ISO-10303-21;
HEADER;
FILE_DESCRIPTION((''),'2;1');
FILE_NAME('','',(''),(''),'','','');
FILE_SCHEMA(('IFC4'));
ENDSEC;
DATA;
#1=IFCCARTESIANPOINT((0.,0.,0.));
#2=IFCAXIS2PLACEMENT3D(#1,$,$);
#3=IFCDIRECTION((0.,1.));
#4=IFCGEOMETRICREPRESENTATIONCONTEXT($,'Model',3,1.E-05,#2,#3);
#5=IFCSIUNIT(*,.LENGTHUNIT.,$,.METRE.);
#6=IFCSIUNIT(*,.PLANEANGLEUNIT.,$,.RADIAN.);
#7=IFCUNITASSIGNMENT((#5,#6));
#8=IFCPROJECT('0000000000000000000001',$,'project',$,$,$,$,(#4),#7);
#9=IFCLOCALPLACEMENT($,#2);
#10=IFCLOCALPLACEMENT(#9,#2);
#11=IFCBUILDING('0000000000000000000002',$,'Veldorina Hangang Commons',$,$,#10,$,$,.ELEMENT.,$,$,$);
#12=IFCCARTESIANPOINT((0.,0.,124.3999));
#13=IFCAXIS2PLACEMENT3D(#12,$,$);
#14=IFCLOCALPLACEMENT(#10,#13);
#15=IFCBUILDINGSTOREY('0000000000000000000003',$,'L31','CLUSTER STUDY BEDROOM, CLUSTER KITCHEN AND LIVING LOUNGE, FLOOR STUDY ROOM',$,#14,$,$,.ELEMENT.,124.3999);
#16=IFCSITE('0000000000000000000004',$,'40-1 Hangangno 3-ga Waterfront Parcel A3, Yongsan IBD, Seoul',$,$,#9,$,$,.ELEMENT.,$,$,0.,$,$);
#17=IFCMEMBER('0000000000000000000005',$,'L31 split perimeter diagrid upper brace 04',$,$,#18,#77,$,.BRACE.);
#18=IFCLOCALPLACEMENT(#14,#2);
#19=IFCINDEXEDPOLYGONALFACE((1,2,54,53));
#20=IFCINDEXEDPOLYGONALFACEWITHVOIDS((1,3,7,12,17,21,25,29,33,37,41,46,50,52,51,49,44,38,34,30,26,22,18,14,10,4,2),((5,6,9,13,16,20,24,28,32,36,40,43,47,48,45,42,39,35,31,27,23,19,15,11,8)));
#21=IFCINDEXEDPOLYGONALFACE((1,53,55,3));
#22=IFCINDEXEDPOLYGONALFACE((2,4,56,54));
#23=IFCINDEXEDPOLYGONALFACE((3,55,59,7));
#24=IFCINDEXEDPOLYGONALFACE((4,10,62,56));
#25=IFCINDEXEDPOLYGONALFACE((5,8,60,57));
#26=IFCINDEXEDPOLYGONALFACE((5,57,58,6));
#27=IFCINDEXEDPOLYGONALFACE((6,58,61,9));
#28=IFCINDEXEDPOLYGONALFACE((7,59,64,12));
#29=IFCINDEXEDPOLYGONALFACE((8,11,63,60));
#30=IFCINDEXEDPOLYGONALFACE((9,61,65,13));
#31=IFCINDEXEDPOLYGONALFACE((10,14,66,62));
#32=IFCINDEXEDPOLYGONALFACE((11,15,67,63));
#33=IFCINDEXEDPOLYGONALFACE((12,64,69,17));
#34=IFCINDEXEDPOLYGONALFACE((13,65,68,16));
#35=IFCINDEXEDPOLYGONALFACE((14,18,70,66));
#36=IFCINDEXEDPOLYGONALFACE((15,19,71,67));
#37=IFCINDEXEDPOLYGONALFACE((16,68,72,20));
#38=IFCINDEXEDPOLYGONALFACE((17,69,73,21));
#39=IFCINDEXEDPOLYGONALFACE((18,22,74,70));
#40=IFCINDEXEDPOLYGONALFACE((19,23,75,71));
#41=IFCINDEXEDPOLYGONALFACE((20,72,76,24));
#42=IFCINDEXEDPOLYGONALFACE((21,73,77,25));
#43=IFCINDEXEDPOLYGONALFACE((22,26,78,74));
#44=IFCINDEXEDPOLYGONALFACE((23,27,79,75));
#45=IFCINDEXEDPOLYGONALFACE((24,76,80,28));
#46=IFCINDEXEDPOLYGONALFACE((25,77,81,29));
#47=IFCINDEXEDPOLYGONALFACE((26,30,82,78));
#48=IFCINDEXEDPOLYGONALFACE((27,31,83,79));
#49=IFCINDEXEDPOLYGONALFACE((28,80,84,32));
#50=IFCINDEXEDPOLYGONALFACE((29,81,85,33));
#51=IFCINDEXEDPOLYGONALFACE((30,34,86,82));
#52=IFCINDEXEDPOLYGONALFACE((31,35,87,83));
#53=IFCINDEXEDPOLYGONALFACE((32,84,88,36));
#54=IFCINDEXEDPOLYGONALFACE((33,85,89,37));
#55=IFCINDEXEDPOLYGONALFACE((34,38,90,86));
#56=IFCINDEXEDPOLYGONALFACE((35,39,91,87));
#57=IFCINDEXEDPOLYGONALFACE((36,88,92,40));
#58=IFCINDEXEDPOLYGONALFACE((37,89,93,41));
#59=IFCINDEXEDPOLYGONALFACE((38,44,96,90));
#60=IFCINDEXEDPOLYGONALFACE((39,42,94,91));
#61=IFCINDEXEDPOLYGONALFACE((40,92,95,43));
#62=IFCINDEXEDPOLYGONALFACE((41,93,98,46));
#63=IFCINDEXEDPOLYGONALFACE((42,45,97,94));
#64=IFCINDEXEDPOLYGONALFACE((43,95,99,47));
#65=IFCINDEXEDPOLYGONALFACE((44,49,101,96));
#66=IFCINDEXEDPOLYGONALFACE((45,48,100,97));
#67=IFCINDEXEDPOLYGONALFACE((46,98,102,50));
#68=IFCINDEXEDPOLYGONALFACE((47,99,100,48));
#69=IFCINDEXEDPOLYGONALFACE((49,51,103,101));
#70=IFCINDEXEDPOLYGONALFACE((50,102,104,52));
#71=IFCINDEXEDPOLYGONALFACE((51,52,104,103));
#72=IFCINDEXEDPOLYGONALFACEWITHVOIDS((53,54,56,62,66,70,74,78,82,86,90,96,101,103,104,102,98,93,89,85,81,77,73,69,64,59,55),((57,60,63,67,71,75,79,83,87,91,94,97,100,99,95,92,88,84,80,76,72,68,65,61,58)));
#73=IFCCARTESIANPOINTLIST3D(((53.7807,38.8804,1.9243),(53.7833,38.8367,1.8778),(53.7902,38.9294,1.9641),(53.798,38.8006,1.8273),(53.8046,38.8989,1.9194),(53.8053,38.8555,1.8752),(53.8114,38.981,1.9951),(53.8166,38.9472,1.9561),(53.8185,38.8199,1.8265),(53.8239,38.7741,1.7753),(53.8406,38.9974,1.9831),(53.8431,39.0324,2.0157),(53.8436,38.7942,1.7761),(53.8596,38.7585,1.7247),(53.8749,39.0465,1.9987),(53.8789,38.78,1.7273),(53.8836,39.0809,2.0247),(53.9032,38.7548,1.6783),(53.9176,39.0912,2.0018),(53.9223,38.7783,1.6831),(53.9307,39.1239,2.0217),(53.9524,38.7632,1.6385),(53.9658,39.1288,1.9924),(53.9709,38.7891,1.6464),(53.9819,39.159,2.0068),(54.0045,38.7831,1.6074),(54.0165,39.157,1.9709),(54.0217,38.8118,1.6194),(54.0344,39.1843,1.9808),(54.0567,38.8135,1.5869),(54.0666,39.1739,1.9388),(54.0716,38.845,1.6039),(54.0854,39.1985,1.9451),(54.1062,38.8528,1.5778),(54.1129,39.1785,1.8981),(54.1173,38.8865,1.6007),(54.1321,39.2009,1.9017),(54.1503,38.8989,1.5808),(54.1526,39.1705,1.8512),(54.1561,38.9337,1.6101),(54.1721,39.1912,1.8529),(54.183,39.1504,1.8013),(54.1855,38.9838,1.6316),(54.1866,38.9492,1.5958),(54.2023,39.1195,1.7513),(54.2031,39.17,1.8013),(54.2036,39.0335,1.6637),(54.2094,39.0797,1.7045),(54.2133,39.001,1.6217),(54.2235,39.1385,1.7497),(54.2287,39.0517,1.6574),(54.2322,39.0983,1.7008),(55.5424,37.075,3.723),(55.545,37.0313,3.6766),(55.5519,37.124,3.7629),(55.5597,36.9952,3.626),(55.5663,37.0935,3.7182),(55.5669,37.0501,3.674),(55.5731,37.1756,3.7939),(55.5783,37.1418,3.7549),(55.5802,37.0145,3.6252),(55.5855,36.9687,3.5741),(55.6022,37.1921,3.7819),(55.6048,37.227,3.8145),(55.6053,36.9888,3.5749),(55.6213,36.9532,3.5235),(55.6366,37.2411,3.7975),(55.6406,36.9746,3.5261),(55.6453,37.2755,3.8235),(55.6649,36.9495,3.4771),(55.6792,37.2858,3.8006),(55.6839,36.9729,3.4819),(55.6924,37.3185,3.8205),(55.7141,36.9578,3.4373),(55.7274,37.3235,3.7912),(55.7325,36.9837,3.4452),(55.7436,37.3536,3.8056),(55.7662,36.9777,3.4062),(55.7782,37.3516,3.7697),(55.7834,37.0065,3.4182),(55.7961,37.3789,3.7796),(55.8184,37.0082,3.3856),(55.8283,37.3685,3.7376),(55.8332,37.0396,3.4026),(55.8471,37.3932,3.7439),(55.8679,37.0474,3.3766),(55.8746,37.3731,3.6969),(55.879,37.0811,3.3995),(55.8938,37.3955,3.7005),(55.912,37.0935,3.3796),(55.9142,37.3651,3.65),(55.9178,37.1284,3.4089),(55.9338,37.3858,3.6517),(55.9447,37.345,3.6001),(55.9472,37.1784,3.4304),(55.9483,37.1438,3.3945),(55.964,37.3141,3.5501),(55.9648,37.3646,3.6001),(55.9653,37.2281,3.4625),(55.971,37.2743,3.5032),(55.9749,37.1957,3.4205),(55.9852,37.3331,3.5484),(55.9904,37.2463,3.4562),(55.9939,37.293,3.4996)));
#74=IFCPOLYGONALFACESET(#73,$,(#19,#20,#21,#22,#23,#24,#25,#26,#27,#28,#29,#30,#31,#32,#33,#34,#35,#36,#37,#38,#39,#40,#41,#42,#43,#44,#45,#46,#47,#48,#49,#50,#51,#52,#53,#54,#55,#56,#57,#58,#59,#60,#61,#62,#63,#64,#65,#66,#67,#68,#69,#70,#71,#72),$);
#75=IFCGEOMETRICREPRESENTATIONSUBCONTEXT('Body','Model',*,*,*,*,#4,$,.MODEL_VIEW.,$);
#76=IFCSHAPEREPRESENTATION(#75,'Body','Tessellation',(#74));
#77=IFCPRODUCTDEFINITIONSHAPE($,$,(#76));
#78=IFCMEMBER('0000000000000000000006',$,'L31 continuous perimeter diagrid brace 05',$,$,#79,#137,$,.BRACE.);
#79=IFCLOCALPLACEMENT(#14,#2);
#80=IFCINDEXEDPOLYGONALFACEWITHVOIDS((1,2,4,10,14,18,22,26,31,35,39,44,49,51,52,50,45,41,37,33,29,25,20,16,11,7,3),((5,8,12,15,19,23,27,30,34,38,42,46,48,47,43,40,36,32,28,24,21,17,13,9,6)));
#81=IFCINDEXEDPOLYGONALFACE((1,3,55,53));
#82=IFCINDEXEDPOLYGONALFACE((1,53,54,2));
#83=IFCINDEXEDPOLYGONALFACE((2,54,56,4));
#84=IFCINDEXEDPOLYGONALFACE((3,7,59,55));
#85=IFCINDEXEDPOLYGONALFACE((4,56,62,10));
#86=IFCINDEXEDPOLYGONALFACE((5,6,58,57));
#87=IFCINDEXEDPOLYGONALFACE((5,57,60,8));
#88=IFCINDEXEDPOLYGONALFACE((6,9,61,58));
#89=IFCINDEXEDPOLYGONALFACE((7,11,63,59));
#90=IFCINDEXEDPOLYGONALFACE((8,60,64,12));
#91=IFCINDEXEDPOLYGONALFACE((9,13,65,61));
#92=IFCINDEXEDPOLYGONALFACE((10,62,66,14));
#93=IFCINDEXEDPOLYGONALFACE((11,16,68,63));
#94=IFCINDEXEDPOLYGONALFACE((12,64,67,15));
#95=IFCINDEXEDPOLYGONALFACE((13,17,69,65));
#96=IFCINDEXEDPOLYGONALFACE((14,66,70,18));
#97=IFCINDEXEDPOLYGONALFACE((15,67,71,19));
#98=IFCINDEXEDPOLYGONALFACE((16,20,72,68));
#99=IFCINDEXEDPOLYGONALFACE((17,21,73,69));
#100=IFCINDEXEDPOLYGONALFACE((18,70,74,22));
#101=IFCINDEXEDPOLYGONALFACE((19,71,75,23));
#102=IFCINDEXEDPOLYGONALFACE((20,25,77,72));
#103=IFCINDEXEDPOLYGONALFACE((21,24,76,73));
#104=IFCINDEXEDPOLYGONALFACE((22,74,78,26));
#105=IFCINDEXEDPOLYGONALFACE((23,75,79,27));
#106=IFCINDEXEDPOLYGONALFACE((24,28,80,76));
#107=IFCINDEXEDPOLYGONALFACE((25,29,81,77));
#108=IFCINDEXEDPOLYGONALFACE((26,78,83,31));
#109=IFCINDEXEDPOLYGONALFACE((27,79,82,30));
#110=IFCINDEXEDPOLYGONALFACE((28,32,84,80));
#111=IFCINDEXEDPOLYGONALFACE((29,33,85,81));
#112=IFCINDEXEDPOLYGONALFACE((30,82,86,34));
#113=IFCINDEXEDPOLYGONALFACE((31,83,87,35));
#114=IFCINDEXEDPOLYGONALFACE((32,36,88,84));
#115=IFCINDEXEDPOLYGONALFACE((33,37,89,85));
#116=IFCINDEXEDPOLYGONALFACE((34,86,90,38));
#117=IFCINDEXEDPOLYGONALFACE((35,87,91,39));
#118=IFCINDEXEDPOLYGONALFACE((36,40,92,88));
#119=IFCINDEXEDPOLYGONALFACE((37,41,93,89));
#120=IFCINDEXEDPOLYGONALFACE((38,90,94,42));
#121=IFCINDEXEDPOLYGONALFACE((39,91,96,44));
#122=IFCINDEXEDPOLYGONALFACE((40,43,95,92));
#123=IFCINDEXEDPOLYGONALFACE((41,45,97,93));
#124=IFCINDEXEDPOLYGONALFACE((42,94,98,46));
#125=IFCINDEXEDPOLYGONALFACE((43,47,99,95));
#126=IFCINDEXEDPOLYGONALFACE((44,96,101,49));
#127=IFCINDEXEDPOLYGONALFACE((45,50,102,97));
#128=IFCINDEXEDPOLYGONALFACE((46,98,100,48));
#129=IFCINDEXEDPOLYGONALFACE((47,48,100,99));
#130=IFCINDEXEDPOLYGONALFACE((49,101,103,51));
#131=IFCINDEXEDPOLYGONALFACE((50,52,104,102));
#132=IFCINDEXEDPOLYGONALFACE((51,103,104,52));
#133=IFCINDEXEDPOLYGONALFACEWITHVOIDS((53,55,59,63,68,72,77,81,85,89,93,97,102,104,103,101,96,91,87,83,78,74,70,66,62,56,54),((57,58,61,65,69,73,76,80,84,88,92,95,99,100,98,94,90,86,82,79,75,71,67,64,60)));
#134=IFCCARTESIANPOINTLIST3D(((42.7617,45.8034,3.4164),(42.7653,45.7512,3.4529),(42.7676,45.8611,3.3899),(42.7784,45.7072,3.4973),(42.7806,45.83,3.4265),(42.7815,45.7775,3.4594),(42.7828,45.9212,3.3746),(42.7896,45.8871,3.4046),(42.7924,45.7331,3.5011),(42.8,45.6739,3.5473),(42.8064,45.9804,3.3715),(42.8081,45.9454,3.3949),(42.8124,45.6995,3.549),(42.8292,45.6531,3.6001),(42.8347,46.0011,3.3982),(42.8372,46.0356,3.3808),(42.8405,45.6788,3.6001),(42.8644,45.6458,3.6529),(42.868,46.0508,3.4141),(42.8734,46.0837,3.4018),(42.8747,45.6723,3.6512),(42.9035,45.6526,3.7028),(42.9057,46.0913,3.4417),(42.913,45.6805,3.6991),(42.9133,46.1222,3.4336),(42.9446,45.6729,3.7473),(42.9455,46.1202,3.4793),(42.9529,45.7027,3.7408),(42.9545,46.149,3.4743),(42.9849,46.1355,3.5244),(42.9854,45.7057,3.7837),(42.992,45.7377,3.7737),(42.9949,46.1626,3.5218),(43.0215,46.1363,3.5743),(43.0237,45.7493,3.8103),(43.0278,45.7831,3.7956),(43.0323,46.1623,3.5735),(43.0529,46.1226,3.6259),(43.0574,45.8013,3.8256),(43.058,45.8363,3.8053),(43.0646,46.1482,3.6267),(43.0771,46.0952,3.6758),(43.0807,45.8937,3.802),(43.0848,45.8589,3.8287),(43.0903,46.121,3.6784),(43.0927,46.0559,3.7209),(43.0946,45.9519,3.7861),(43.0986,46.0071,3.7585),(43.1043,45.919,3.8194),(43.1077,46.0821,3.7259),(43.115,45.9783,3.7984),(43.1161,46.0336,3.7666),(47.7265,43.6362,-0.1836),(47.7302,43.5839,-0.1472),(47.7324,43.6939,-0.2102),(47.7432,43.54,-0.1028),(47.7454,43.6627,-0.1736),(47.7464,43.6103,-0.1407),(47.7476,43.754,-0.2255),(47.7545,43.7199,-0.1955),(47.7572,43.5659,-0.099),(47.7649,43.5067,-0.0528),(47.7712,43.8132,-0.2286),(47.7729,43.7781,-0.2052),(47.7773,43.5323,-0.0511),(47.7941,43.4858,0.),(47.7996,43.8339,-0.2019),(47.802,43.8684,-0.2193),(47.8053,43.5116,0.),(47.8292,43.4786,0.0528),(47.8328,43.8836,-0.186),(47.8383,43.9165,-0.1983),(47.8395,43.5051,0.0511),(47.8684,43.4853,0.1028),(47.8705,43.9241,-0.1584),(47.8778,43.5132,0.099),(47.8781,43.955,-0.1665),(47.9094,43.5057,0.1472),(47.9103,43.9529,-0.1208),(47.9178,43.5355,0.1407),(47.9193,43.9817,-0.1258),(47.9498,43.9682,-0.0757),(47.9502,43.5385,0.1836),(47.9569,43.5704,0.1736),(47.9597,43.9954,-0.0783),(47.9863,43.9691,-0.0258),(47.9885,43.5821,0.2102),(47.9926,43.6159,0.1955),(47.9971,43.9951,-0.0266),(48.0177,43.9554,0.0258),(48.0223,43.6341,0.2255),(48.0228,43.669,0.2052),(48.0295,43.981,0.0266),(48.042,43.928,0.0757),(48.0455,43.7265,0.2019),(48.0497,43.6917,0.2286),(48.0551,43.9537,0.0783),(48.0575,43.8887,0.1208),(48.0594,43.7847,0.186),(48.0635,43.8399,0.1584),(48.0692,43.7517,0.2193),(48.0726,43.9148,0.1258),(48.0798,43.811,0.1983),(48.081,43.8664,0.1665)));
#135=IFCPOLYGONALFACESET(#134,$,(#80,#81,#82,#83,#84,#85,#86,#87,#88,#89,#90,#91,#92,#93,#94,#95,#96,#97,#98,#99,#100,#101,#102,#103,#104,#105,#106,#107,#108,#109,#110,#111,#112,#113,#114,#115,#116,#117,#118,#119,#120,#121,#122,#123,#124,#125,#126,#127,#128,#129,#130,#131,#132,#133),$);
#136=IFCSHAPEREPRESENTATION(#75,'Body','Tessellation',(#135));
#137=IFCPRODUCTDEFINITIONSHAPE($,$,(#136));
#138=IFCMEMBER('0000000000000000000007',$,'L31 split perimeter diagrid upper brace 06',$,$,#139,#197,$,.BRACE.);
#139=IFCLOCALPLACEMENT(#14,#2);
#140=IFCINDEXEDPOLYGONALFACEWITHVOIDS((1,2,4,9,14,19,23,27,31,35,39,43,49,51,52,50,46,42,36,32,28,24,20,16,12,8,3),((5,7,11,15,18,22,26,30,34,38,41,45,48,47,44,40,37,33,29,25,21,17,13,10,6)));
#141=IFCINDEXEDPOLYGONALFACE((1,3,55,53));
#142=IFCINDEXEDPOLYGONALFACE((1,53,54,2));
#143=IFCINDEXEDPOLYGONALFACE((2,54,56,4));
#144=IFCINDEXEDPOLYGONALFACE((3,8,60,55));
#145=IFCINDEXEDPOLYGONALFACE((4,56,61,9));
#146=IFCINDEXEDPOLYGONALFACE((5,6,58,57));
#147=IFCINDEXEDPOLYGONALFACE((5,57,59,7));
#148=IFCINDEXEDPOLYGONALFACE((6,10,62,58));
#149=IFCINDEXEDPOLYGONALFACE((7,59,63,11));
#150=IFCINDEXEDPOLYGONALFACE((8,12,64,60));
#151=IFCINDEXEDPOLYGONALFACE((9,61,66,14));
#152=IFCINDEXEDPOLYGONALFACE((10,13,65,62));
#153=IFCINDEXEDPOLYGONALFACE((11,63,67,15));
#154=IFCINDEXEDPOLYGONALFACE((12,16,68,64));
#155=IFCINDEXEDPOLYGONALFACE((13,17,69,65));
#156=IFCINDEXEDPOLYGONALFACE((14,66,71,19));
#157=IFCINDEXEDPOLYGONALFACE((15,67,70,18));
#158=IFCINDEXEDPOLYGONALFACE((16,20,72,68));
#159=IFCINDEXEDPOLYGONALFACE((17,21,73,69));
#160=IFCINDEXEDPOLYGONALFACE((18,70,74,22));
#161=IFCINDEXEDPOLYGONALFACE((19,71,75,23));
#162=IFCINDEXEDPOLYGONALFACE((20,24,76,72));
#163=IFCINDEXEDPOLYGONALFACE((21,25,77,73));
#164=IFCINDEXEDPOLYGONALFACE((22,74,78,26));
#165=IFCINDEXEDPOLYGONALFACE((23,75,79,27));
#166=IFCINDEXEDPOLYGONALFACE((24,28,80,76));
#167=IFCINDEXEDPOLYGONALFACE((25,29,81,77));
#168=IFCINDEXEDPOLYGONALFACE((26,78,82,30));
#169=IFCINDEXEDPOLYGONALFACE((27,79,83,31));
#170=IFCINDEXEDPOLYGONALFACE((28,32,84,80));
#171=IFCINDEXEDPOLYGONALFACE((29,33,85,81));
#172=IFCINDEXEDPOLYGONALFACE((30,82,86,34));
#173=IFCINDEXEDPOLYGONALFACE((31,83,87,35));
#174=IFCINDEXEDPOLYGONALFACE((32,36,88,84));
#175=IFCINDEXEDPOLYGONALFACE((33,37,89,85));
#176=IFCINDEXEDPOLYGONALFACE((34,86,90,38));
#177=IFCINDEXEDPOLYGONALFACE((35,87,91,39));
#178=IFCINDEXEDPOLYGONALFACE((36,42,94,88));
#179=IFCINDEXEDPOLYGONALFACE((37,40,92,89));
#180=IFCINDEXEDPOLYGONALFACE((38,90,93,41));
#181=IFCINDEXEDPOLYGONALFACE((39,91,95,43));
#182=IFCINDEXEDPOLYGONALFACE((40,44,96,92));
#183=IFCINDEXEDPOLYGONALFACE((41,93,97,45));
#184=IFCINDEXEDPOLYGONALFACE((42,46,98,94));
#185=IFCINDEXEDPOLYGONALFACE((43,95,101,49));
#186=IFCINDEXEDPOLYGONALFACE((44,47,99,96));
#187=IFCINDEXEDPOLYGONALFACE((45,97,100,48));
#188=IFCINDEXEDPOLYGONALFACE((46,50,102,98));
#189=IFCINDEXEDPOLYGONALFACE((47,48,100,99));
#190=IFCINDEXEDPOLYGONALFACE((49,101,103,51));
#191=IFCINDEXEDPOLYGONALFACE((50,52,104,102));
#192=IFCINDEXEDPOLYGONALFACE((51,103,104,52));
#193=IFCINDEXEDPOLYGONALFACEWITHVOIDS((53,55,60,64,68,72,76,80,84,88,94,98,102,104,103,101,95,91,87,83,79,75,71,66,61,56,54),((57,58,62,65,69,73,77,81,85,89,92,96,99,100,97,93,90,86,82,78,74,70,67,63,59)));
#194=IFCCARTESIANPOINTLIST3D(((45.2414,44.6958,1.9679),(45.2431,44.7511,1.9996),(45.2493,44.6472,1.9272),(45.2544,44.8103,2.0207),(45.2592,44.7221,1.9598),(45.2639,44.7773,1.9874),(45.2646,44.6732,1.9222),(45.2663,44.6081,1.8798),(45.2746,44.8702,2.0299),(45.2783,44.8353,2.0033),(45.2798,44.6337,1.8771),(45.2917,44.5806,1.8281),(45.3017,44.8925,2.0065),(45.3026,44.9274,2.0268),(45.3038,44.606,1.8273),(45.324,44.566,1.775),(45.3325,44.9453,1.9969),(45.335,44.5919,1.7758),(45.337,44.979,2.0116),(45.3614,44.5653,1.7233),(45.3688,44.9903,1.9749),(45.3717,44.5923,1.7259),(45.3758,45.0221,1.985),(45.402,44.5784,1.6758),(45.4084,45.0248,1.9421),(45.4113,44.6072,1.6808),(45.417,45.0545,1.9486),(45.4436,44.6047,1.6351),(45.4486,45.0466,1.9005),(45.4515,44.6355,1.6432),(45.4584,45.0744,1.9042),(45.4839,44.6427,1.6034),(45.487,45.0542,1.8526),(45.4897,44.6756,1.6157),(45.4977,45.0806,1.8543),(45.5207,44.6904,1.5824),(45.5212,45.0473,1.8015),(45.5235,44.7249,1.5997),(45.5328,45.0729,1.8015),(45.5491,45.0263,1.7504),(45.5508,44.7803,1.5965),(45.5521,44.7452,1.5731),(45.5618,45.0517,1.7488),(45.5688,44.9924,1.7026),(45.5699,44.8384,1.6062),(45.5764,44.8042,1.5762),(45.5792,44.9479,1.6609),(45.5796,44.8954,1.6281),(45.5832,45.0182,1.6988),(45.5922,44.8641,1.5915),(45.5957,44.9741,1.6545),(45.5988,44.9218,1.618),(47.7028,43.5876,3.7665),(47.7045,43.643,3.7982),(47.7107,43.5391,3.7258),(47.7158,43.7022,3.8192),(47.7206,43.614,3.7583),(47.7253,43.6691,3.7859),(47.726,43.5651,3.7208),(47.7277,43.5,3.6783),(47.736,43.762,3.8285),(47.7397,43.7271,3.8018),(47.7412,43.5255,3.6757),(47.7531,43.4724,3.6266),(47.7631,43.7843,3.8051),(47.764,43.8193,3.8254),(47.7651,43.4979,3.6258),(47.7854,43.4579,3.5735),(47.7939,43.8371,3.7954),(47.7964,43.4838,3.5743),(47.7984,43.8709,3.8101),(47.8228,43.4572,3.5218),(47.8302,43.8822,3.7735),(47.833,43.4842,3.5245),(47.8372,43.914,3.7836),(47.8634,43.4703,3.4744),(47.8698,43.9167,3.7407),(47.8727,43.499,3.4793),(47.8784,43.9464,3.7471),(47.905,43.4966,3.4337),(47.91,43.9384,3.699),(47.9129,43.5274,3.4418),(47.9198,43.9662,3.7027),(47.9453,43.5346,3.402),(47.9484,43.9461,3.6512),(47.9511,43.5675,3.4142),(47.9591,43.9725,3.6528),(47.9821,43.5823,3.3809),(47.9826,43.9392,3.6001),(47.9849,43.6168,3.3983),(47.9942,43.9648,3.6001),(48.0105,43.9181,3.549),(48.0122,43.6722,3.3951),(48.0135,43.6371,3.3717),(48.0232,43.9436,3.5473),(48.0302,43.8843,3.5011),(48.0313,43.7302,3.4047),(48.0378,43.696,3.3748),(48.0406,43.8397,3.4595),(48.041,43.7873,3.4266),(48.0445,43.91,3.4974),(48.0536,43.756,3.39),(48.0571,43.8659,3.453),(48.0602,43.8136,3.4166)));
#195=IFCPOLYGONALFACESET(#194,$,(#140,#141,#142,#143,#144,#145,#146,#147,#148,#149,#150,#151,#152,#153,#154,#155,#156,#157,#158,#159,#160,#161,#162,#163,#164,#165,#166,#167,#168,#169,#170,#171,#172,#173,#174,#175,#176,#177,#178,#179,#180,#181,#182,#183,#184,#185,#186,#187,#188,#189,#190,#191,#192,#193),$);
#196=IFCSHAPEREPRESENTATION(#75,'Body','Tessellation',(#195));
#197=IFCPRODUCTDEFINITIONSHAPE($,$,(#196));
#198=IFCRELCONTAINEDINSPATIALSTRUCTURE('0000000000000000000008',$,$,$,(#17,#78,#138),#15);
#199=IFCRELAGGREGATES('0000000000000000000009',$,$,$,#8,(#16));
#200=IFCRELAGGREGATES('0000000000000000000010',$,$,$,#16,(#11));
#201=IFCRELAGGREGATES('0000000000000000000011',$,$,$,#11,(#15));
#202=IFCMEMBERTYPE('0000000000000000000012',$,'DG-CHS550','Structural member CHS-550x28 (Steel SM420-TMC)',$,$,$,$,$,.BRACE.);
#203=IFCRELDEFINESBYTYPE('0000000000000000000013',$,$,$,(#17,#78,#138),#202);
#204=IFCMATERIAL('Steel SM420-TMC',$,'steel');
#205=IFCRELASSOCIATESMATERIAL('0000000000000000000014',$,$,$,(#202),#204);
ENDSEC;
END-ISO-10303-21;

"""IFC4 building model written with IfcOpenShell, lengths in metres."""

from ifc_helpers import new_model, si_unit, direction, frame, origin, origin_2d, place, context, subcontext, project, spatial, hollow_circle, extrude, material, material_profile, profile_set, type_object, element, save


model = new_model("IFC4")

# Units and contexts
model_context = context("Model", 3, precision=1e-05, world=origin(), true_north=direction((0.0, 1.0)))
body_context = subcontext(model_context, "Body", "Model", "MODEL_VIEW")
ifc_project = project(units=[si_unit("LENGTHUNIT", "METRE"), si_unit("PLANEANGLEUNIT", "RADIAN")], contexts=[model_context])

# Site, building, storey
site_placement = place(None, origin())
site = spatial("IfcSite", under=ifc_project, at=site_placement, Name="40-1 Hangangno 3-ga Waterfront Parcel A3, Yongsan IBD, Seoul", CompositionType="ELEMENT", RefElevation=0.0)
building_placement = place(site_placement, origin())
building = spatial("IfcBuilding", under=site, at=building_placement, Name="Veldorina Hangang Commons", CompositionType="ELEMENT")
storey_placement = place(building_placement, frame((0.0, 0.0, 124.3999)))
storey = spatial("IfcBuildingStorey", under=building, at=storey_placement, Name="L31", Description="CLUSTER STUDY BEDROOM, CLUSTER KITCHEN AND LIVING LOUNGE, FLOOR STUDY ROOM", CompositionType="ELEMENT", Elevation=124.3999)

# Shared definitions
ifc_material_1 = material(Name="Steel SM420-TMC", Category="steel")

# Members
ifc_material_profile_1 = material_profile(ifc_material_1, hollow_circle(Radius=0.2749, WallThickness=0.0281, at=origin_2d()), Name="CHS-550x28")
ifc_profile_set_1 = profile_set([ifc_material_profile_1], Name="Steel SM420-TMC")
member_type = type_object("IfcMemberType", Name="DG-CHS550", Description="Structural member CHS-550x28 (Steel SM420-TMC)", PredefinedType="BRACE", material=ifc_profile_set_1)
member_1_placement = place(storey_placement, frame((54.0063, 38.978, 1.8013), z_axis=(0.568623, -0.582728, 0.5806), x_axis=(0.715716, 0.698392, 0.0)))
element("IfcMember", 1, at=member_1_placement, inside=storey, type_object=member_type, Name="L31 split perimeter diagrid upper brace 04", PredefinedType="BRACE", context=body_context, shape_type="SweptSolid", body=[
    extrude(hollow_circle(Radius=0.2749, WallThickness=0.0281, at=origin_2d()), origin(), (0.0, 0.0, 1.0), 3.0981),
])
member_2_placement = place(storey_placement, frame((47.9041, 43.7378, 0.0), z_axis=(-0.763305, 0.333195, 0.553486), x_axis=(-0.400062, -0.916488, 0.0)))
element("IfcMember", 2, at=member_2_placement, inside=storey, type_object=member_type, Name="L31 continuous perimeter diagrid brace 05", PredefinedType="BRACE", context=body_context, shape_type="SweptSolid", body=[
    extrude(hollow_circle(Radius=0.2749, WallThickness=0.0281, at=origin_2d()), origin(), (0.0, 0.0, 1.0), 6.5044),
])
member_3_placement = place(storey_placement, frame((45.4199, 44.8223, 1.8015), z_axis=(0.758835, -0.341634, 0.554487), x_axis=(0.410523, 0.91185, 0.0)))
element("IfcMember", 3, at=member_3_placement, inside=storey, type_object=member_type, Name="L31 split perimeter diagrid upper brace 06", PredefinedType="BRACE", context=body_context, shape_type="SweptSolid", body=[
    extrude(hollow_circle(Radius=0.2749, WallThickness=0.0281, at=origin_2d()), origin(), (0.0, 0.0, 1.0), 3.2437),
])

save(model, "model.ifc")
